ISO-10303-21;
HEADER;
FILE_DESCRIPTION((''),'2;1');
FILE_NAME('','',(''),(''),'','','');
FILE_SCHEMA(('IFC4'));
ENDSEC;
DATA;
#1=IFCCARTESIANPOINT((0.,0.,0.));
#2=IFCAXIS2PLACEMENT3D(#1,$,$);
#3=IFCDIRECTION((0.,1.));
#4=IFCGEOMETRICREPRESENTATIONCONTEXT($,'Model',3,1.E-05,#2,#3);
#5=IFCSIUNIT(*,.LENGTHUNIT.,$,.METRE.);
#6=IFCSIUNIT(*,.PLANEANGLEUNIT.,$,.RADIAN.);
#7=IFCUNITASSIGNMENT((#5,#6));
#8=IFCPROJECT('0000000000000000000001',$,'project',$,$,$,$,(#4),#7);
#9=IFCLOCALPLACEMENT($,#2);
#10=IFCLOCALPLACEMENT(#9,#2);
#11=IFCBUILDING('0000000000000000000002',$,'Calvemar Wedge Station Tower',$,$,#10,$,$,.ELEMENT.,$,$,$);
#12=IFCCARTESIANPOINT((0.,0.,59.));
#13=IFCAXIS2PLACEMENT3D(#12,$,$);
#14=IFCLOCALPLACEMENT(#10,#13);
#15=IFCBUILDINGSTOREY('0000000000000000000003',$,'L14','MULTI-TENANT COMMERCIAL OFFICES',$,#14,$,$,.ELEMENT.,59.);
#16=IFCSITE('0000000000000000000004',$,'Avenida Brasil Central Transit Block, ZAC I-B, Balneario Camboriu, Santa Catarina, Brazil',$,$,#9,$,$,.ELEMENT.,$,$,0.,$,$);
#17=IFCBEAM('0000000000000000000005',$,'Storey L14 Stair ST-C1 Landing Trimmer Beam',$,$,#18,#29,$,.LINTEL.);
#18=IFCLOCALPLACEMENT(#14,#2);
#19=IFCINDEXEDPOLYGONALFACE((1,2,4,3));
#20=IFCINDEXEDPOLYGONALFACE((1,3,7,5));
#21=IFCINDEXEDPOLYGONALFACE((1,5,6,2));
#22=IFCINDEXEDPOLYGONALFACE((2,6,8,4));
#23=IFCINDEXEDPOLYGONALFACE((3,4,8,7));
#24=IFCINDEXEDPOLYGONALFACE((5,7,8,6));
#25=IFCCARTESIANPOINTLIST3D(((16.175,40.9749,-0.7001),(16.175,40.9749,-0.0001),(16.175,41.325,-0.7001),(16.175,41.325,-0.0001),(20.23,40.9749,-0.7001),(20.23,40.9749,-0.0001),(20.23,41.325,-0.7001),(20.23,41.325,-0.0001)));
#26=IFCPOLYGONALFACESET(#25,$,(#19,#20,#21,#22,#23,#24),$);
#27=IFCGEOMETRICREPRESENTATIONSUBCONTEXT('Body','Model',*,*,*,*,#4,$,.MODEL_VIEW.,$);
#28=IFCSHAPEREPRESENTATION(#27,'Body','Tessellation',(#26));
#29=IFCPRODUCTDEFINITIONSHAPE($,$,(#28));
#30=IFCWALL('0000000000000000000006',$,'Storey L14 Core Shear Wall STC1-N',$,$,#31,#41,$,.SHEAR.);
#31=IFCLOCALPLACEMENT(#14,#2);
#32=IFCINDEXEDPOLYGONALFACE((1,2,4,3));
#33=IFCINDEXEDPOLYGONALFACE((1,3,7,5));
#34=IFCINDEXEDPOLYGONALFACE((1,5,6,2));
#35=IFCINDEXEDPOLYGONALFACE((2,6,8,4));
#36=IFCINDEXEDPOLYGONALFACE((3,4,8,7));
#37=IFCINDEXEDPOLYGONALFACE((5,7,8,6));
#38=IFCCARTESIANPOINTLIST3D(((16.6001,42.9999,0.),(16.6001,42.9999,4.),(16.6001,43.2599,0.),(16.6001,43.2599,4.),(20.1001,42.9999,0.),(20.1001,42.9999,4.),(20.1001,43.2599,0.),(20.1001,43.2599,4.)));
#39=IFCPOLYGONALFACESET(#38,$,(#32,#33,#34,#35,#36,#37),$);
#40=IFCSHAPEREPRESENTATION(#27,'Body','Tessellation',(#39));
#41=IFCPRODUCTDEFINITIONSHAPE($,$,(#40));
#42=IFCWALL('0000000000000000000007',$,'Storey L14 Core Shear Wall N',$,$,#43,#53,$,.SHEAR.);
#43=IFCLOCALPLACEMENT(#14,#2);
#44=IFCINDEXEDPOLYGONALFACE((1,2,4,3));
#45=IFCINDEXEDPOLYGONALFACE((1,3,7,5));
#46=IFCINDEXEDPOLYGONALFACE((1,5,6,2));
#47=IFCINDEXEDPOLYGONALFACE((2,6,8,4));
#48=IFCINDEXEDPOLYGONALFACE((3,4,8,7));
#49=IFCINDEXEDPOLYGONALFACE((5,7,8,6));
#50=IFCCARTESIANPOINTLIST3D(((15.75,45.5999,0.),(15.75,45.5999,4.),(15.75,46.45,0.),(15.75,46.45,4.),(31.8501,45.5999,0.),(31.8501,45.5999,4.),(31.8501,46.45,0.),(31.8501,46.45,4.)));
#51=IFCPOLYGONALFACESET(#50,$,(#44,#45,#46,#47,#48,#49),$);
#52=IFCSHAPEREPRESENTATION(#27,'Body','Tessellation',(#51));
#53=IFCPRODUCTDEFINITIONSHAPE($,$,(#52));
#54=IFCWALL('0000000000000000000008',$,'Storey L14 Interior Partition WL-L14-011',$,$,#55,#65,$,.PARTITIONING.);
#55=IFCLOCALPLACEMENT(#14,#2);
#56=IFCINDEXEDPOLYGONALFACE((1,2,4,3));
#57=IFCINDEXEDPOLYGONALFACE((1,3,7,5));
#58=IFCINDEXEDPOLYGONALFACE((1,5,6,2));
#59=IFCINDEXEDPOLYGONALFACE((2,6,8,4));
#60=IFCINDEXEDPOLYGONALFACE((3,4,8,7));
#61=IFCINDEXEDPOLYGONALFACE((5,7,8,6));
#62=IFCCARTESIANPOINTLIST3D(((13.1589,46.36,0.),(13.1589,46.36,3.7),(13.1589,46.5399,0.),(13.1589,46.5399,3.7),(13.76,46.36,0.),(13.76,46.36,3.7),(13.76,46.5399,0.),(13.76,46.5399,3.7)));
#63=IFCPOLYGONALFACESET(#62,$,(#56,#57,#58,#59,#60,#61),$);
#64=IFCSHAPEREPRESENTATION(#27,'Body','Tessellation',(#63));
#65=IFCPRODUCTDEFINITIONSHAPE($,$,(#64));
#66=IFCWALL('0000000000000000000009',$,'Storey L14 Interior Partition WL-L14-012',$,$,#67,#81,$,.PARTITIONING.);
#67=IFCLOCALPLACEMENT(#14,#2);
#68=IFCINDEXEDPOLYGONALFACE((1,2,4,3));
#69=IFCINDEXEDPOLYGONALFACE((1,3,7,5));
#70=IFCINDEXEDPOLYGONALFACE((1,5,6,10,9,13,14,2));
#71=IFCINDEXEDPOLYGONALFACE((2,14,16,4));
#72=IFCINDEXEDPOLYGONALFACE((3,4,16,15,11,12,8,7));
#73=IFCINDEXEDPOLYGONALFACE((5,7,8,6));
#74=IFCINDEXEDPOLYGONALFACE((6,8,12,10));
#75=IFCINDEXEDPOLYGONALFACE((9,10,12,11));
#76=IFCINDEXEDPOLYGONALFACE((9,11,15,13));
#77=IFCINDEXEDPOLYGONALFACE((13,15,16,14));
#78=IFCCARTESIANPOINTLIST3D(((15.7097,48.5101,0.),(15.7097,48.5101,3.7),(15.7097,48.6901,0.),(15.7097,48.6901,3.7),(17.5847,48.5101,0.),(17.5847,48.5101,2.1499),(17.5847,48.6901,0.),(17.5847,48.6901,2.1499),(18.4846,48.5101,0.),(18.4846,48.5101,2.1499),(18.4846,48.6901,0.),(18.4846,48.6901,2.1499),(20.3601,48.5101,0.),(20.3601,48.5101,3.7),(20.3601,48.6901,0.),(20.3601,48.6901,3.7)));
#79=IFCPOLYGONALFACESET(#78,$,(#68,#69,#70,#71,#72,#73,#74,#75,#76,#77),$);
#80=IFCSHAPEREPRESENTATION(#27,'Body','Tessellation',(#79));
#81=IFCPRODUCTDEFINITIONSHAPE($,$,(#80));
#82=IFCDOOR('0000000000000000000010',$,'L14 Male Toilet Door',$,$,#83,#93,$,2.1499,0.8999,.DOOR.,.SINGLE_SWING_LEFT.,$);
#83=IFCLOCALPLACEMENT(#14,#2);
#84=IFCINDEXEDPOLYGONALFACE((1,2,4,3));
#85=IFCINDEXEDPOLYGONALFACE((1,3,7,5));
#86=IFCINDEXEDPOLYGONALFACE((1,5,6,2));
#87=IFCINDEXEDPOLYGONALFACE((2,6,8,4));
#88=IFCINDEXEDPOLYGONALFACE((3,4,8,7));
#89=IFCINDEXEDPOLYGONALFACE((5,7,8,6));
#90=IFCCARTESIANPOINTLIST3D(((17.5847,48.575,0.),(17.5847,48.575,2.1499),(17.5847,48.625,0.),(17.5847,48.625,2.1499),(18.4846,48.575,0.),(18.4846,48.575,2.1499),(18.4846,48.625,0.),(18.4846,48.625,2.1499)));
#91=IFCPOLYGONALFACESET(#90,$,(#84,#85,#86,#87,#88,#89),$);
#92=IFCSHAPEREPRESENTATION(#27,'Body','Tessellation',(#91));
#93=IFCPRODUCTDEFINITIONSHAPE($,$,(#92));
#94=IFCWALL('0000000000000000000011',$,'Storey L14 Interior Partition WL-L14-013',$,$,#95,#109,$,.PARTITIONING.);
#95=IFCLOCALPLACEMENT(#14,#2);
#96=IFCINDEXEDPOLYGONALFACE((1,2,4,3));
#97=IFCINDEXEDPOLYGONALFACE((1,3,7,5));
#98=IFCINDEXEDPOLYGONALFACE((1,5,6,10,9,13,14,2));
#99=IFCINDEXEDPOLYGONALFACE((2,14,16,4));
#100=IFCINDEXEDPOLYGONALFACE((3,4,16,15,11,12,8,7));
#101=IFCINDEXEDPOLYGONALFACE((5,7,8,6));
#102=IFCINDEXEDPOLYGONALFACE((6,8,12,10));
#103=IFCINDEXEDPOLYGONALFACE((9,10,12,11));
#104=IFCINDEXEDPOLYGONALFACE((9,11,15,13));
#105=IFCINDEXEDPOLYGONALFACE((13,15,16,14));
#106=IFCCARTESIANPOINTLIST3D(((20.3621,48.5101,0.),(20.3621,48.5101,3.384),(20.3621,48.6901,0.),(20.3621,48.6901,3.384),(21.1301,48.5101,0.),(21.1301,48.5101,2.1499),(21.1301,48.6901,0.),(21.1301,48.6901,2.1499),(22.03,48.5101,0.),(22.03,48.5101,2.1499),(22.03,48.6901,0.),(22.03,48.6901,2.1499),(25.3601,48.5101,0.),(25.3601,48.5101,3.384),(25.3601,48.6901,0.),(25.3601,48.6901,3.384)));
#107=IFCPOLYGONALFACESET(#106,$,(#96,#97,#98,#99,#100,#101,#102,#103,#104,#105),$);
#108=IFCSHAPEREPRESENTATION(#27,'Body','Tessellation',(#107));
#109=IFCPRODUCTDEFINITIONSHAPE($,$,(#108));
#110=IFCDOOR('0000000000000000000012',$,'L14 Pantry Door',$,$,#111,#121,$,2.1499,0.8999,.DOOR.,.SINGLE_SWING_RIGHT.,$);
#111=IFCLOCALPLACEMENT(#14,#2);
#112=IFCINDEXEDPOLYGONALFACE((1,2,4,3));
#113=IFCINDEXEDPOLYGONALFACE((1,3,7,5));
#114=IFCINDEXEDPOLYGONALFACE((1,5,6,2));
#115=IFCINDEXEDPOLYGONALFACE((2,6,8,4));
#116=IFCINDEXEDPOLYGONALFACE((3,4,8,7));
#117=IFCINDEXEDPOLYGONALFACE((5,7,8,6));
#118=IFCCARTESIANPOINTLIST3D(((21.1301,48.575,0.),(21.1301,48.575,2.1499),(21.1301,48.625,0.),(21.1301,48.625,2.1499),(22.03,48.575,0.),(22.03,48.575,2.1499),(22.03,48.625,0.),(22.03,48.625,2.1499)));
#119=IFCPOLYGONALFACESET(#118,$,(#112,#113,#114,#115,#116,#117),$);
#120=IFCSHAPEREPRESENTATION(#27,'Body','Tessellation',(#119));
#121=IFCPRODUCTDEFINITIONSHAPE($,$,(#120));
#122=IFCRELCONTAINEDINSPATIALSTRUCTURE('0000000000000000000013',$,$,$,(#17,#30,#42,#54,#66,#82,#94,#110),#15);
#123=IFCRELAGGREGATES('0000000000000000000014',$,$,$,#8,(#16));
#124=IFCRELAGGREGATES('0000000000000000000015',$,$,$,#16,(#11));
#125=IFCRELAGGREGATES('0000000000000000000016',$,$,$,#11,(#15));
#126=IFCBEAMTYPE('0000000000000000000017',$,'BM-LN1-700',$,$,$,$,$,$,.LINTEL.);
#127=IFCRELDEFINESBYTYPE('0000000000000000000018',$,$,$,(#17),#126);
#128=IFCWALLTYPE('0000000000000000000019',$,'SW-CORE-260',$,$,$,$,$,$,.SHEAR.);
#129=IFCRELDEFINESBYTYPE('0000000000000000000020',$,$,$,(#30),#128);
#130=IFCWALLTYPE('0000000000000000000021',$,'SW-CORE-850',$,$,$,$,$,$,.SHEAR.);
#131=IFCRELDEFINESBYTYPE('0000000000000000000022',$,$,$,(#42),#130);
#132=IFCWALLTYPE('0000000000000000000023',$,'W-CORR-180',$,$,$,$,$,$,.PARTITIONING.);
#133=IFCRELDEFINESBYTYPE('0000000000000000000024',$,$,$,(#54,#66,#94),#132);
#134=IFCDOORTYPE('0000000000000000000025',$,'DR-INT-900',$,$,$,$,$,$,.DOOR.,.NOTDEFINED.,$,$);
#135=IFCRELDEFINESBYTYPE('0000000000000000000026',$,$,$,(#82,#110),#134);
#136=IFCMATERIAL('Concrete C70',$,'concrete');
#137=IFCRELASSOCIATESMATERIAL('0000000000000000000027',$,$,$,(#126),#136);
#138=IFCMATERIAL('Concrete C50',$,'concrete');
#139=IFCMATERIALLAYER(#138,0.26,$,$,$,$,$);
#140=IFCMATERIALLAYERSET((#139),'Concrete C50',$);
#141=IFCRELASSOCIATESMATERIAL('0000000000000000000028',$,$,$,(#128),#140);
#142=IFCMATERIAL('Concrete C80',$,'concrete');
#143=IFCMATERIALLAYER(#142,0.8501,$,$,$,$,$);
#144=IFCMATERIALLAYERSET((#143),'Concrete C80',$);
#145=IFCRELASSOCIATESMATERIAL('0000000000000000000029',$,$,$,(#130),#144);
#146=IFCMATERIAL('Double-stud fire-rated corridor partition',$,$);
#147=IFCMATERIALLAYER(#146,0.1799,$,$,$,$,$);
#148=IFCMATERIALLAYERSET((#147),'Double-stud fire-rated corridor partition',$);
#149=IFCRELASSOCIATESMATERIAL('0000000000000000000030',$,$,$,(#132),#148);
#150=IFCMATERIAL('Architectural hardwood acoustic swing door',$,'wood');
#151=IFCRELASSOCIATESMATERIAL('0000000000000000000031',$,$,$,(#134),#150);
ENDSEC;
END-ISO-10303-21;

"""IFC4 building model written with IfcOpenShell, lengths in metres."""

from ifc_helpers import new_model, si_unit, direction, frame, frame_2d, origin, origin_2d, place, context, subcontext, project, spatial, rectangle, extrude, source, transform, mapped, material, layer, layer_set, material_profile, profile_set, type_object, element, fill, save


model = new_model("IFC4")

# Units and contexts
model_context = context("Model", 3, precision=1e-05, world=origin(), true_north=direction((0.0, 1.0)))
body_context = subcontext(model_context, "Body", "Model", "MODEL_VIEW")
ifc_project = project(units=[si_unit("LENGTHUNIT", "METRE"), si_unit("PLANEANGLEUNIT", "RADIAN")], contexts=[model_context])

# Site, building, storey
site_placement = place(None, origin())
site = spatial("IfcSite", under=ifc_project, at=site_placement, Name="Avenida Brasil Central Transit Block, ZAC I-B, Balneario Camboriu, Santa Catarina, Brazil", CompositionType="ELEMENT", RefElevation=0.0)
building_placement = place(site_placement, origin())
building = spatial("IfcBuilding", under=site, at=building_placement, Name="Calvemar Wedge Station Tower", CompositionType="ELEMENT")
storey_placement = place(building_placement, frame((0.0, 0.0, 59.0)))
storey = spatial("IfcBuildingStorey", under=building, at=storey_placement, Name="L14", Description="MULTI-TENANT COMMERCIAL OFFICES", CompositionType="ELEMENT", Elevation=59.0)

# Beam
ifc_material_1 = material(Name="Concrete C70", Category="concrete")
ifc_material_profile = material_profile(ifc_material_1, rectangle(XDim=0.3501, YDim=0.7, at=origin_2d()), Name="RC350x700")
ifc_profile_set = profile_set([ifc_material_profile], Name="Concrete C70")
beam_type = type_object("IfcBeamType", Name="BM-LN1-700", PredefinedType="LINTEL", material=ifc_profile_set)
shared_shape_1 = source(origin(), body_context, "Body", "SweptSolid", [
    extrude(rectangle(XDim=0.3501, YDim=0.7, at=origin_2d()), origin(), (0.0, 0.0, 1.0), 4.0549),
])
beam_placement = place(storey_placement, frame((16.175, 41.1499, -0.3501), z_axis=(1.0, 0.0, 0.0), x_axis=(0.0, 1.0, 0.0)))
element("IfcBeam", 1, at=beam_placement, inside=storey, type_object=beam_type, Name="Storey L14 Stair ST-C1 Landing Trimmer Beam", PredefinedType="LINTEL", context=body_context, shape_type="MappedRepresentation", body=[
    mapped(shared_shape_1, transform((0.0, 0.0, 0.0), scale=1.0)),
])

# Walls
ifc_material_2 = material(Name="Concrete C50", Category="concrete")
ifc_layer_1 = layer(ifc_material_2, 0.26)
ifc_layer_set_1 = layer_set([ifc_layer_1], Name="Concrete C50")
wall_type_1 = type_object("IfcWallType", Name="SW-CORE-260", PredefinedType="SHEAR", material=ifc_layer_set_1)
wall_1_placement = place(storey_placement, frame((16.6001, 43.1299, 0.0), z_axis=(0.0, 0.0, 1.0), x_axis=(1.0, 0.0, 0.0)))
element("IfcWall", 2, at=wall_1_placement, inside=storey, type_object=wall_type_1, Name="Storey L14 Core Shear Wall STC1-N", PredefinedType="SHEAR", context=body_context, shape_type="SweptSolid", body=[
    extrude(rectangle(XDim=3.5, YDim=0.26, at=frame_2d((1.75, 0.0))), origin(), (0.0, 0.0, 1.0), 4.0),
])
ifc_material_3 = material(Name="Concrete C80", Category="concrete")
ifc_layer_2 = layer(ifc_material_3, 0.8501)
ifc_layer_set_2 = layer_set([ifc_layer_2], Name="Concrete C80")
wall_type_2 = type_object("IfcWallType", Name="SW-CORE-850", PredefinedType="SHEAR", material=ifc_layer_set_2)
wall_2_placement = place(storey_placement, frame((15.75, 46.0249, 0.0), z_axis=(0.0, 0.0, 1.0), x_axis=(1.0, 0.0, 0.0)))
element("IfcWall", 3, at=wall_2_placement, inside=storey, type_object=wall_type_2, Name="Storey L14 Core Shear Wall N", PredefinedType="SHEAR", context=body_context, shape_type="SweptSolid", body=[
    extrude(rectangle(XDim=16.1001, YDim=0.8501, at=frame_2d((8.05, 0.0))), origin(), (0.0, 0.0, 1.0), 4.0),
])
ifc_material_4 = material(Name="Double-stud fire-rated corridor partition")
ifc_layer_3 = layer(ifc_material_4, 0.1799)
ifc_layer_set_3 = layer_set([ifc_layer_3], Name="Double-stud fire-rated corridor partition")
wall_type_3 = type_object("IfcWallType", Name="W-CORR-180", PredefinedType="PARTITIONING", material=ifc_layer_set_3)
wall_3_placement = place(storey_placement, frame((13.76, 46.45, 0.0), z_axis=(0.0, 0.0, 1.0), x_axis=(-1.0, 0.0, 0.0)))
element("IfcWall", 4, at=wall_3_placement, inside=storey, type_object=wall_type_3, Name="Storey L14 Interior Partition WL-L14-011", PredefinedType="PARTITIONING", context=body_context, shape_type="SweptSolid", body=[
    extrude(rectangle(XDim=0.6011, YDim=0.1799, at=frame_2d((0.3005, 0.0))), origin(), (0.0, 0.0, 1.0), 3.7),
])

# Walls, openings, doors
wall_4_placement = place(storey_placement, frame((15.7097, 48.6001, 0.0), z_axis=(0.0, 0.0, 1.0), x_axis=(1.0, 0.0, 0.0)))
wall_4 = element("IfcWall", 5, at=wall_4_placement, inside=storey, type_object=wall_type_3, Name="Storey L14 Interior Partition WL-L14-012", PredefinedType="PARTITIONING", context=body_context, shape_type="SweptSolid", body=[
    extrude(rectangle(XDim=4.6504, YDim=0.1799, at=frame_2d((2.3252, 0.0))), origin(), (0.0, 0.0, 1.0), 3.7),
])
shared_shape_2 = source(origin(), body_context, "Body", "SweptSolid", [
    extrude(rectangle(XDim=0.8999, YDim=2.1499, at=frame_2d((0.45, 1.075))), frame((0.0, 0.1001, 0.0), z_axis=(0.0, -1.0, 0.0), x_axis=(1.0, 0.0, 0.0)), (0.0, 0.0, 1.0), 0.2),
])
opening_1_placement = place(wall_4_placement, frame((1.875, 0.0, 0.0)))
opening_1 = element("IfcOpeningElement", 6, at=opening_1_placement, cuts=wall_4, PredefinedType="OPENING", context=body_context, shape_type="MappedRepresentation", body=[
    mapped(shared_shape_2, transform((0.0, 0.0, 0.0), scale=1.0)),
])
ifc_material_5 = material(Name="Architectural hardwood acoustic swing door", Category="wood")
door_type = type_object("IfcDoorType", Name="DR-INT-900", OperationType="NOTDEFINED", PredefinedType="DOOR", material=ifc_material_5)
shared_shape_3 = source(origin(), body_context, "Body", "SweptSolid", [
    extrude(rectangle(XDim=0.8999, YDim=2.1499, at=frame_2d((0.45, 1.075))), frame((0.0, 0.0249, 0.0), z_axis=(0.0, -1.0, 0.0), x_axis=(1.0, 0.0, 0.0)), (0.0, 0.0, 1.0), 0.05),
])
door_1_placement = place(opening_1_placement, origin())
door_1 = element("IfcDoor", 7, at=door_1_placement, inside=storey, type_object=door_type, Name="L14 Male Toilet Door", OperationType="SINGLE_SWING_LEFT", OverallHeight=2.1499, OverallWidth=0.8999, PredefinedType="DOOR", context=body_context, shape_type="MappedRepresentation", body=[
    mapped(shared_shape_3, transform((0.0, 0.0, 0.0), scale=1.0)),
])
fill(opening_1, door_1)
wall_5_placement = place(storey_placement, frame((20.3621, 48.6001, 0.0), z_axis=(0.0, 0.0, 1.0), x_axis=(1.0, 0.0, 0.0)))
wall_5 = element("IfcWall", 8, at=wall_5_placement, inside=storey, type_object=wall_type_3, Name="Storey L14 Interior Partition WL-L14-013", PredefinedType="PARTITIONING", context=body_context, shape_type="SweptSolid", body=[
    extrude(rectangle(XDim=4.998, YDim=0.1799, at=frame_2d((2.499, 0.0))), origin(), (0.0, 0.0, 1.0), 3.384),
])
opening_2_placement = place(wall_5_placement, frame((0.7681, 0.0, 0.0)))
opening_2 = element("IfcOpeningElement", 9, at=opening_2_placement, cuts=wall_5, PredefinedType="OPENING", context=body_context, shape_type="MappedRepresentation", body=[
    mapped(shared_shape_2, transform((0.0, 0.0, 0.0), scale=1.0)),
])
door_2_placement = place(opening_2_placement, origin())
door_2 = element("IfcDoor", 10, at=door_2_placement, inside=storey, type_object=door_type, Name="L14 Pantry Door", OperationType="SINGLE_SWING_RIGHT", OverallHeight=2.1499, OverallWidth=0.8999, PredefinedType="DOOR", context=body_context, shape_type="MappedRepresentation", body=[
    mapped(shared_shape_3, transform((0.0, 0.0, 0.0), scale=1.0)),
])
fill(opening_2, door_2)

save(model, "model.ifc")
